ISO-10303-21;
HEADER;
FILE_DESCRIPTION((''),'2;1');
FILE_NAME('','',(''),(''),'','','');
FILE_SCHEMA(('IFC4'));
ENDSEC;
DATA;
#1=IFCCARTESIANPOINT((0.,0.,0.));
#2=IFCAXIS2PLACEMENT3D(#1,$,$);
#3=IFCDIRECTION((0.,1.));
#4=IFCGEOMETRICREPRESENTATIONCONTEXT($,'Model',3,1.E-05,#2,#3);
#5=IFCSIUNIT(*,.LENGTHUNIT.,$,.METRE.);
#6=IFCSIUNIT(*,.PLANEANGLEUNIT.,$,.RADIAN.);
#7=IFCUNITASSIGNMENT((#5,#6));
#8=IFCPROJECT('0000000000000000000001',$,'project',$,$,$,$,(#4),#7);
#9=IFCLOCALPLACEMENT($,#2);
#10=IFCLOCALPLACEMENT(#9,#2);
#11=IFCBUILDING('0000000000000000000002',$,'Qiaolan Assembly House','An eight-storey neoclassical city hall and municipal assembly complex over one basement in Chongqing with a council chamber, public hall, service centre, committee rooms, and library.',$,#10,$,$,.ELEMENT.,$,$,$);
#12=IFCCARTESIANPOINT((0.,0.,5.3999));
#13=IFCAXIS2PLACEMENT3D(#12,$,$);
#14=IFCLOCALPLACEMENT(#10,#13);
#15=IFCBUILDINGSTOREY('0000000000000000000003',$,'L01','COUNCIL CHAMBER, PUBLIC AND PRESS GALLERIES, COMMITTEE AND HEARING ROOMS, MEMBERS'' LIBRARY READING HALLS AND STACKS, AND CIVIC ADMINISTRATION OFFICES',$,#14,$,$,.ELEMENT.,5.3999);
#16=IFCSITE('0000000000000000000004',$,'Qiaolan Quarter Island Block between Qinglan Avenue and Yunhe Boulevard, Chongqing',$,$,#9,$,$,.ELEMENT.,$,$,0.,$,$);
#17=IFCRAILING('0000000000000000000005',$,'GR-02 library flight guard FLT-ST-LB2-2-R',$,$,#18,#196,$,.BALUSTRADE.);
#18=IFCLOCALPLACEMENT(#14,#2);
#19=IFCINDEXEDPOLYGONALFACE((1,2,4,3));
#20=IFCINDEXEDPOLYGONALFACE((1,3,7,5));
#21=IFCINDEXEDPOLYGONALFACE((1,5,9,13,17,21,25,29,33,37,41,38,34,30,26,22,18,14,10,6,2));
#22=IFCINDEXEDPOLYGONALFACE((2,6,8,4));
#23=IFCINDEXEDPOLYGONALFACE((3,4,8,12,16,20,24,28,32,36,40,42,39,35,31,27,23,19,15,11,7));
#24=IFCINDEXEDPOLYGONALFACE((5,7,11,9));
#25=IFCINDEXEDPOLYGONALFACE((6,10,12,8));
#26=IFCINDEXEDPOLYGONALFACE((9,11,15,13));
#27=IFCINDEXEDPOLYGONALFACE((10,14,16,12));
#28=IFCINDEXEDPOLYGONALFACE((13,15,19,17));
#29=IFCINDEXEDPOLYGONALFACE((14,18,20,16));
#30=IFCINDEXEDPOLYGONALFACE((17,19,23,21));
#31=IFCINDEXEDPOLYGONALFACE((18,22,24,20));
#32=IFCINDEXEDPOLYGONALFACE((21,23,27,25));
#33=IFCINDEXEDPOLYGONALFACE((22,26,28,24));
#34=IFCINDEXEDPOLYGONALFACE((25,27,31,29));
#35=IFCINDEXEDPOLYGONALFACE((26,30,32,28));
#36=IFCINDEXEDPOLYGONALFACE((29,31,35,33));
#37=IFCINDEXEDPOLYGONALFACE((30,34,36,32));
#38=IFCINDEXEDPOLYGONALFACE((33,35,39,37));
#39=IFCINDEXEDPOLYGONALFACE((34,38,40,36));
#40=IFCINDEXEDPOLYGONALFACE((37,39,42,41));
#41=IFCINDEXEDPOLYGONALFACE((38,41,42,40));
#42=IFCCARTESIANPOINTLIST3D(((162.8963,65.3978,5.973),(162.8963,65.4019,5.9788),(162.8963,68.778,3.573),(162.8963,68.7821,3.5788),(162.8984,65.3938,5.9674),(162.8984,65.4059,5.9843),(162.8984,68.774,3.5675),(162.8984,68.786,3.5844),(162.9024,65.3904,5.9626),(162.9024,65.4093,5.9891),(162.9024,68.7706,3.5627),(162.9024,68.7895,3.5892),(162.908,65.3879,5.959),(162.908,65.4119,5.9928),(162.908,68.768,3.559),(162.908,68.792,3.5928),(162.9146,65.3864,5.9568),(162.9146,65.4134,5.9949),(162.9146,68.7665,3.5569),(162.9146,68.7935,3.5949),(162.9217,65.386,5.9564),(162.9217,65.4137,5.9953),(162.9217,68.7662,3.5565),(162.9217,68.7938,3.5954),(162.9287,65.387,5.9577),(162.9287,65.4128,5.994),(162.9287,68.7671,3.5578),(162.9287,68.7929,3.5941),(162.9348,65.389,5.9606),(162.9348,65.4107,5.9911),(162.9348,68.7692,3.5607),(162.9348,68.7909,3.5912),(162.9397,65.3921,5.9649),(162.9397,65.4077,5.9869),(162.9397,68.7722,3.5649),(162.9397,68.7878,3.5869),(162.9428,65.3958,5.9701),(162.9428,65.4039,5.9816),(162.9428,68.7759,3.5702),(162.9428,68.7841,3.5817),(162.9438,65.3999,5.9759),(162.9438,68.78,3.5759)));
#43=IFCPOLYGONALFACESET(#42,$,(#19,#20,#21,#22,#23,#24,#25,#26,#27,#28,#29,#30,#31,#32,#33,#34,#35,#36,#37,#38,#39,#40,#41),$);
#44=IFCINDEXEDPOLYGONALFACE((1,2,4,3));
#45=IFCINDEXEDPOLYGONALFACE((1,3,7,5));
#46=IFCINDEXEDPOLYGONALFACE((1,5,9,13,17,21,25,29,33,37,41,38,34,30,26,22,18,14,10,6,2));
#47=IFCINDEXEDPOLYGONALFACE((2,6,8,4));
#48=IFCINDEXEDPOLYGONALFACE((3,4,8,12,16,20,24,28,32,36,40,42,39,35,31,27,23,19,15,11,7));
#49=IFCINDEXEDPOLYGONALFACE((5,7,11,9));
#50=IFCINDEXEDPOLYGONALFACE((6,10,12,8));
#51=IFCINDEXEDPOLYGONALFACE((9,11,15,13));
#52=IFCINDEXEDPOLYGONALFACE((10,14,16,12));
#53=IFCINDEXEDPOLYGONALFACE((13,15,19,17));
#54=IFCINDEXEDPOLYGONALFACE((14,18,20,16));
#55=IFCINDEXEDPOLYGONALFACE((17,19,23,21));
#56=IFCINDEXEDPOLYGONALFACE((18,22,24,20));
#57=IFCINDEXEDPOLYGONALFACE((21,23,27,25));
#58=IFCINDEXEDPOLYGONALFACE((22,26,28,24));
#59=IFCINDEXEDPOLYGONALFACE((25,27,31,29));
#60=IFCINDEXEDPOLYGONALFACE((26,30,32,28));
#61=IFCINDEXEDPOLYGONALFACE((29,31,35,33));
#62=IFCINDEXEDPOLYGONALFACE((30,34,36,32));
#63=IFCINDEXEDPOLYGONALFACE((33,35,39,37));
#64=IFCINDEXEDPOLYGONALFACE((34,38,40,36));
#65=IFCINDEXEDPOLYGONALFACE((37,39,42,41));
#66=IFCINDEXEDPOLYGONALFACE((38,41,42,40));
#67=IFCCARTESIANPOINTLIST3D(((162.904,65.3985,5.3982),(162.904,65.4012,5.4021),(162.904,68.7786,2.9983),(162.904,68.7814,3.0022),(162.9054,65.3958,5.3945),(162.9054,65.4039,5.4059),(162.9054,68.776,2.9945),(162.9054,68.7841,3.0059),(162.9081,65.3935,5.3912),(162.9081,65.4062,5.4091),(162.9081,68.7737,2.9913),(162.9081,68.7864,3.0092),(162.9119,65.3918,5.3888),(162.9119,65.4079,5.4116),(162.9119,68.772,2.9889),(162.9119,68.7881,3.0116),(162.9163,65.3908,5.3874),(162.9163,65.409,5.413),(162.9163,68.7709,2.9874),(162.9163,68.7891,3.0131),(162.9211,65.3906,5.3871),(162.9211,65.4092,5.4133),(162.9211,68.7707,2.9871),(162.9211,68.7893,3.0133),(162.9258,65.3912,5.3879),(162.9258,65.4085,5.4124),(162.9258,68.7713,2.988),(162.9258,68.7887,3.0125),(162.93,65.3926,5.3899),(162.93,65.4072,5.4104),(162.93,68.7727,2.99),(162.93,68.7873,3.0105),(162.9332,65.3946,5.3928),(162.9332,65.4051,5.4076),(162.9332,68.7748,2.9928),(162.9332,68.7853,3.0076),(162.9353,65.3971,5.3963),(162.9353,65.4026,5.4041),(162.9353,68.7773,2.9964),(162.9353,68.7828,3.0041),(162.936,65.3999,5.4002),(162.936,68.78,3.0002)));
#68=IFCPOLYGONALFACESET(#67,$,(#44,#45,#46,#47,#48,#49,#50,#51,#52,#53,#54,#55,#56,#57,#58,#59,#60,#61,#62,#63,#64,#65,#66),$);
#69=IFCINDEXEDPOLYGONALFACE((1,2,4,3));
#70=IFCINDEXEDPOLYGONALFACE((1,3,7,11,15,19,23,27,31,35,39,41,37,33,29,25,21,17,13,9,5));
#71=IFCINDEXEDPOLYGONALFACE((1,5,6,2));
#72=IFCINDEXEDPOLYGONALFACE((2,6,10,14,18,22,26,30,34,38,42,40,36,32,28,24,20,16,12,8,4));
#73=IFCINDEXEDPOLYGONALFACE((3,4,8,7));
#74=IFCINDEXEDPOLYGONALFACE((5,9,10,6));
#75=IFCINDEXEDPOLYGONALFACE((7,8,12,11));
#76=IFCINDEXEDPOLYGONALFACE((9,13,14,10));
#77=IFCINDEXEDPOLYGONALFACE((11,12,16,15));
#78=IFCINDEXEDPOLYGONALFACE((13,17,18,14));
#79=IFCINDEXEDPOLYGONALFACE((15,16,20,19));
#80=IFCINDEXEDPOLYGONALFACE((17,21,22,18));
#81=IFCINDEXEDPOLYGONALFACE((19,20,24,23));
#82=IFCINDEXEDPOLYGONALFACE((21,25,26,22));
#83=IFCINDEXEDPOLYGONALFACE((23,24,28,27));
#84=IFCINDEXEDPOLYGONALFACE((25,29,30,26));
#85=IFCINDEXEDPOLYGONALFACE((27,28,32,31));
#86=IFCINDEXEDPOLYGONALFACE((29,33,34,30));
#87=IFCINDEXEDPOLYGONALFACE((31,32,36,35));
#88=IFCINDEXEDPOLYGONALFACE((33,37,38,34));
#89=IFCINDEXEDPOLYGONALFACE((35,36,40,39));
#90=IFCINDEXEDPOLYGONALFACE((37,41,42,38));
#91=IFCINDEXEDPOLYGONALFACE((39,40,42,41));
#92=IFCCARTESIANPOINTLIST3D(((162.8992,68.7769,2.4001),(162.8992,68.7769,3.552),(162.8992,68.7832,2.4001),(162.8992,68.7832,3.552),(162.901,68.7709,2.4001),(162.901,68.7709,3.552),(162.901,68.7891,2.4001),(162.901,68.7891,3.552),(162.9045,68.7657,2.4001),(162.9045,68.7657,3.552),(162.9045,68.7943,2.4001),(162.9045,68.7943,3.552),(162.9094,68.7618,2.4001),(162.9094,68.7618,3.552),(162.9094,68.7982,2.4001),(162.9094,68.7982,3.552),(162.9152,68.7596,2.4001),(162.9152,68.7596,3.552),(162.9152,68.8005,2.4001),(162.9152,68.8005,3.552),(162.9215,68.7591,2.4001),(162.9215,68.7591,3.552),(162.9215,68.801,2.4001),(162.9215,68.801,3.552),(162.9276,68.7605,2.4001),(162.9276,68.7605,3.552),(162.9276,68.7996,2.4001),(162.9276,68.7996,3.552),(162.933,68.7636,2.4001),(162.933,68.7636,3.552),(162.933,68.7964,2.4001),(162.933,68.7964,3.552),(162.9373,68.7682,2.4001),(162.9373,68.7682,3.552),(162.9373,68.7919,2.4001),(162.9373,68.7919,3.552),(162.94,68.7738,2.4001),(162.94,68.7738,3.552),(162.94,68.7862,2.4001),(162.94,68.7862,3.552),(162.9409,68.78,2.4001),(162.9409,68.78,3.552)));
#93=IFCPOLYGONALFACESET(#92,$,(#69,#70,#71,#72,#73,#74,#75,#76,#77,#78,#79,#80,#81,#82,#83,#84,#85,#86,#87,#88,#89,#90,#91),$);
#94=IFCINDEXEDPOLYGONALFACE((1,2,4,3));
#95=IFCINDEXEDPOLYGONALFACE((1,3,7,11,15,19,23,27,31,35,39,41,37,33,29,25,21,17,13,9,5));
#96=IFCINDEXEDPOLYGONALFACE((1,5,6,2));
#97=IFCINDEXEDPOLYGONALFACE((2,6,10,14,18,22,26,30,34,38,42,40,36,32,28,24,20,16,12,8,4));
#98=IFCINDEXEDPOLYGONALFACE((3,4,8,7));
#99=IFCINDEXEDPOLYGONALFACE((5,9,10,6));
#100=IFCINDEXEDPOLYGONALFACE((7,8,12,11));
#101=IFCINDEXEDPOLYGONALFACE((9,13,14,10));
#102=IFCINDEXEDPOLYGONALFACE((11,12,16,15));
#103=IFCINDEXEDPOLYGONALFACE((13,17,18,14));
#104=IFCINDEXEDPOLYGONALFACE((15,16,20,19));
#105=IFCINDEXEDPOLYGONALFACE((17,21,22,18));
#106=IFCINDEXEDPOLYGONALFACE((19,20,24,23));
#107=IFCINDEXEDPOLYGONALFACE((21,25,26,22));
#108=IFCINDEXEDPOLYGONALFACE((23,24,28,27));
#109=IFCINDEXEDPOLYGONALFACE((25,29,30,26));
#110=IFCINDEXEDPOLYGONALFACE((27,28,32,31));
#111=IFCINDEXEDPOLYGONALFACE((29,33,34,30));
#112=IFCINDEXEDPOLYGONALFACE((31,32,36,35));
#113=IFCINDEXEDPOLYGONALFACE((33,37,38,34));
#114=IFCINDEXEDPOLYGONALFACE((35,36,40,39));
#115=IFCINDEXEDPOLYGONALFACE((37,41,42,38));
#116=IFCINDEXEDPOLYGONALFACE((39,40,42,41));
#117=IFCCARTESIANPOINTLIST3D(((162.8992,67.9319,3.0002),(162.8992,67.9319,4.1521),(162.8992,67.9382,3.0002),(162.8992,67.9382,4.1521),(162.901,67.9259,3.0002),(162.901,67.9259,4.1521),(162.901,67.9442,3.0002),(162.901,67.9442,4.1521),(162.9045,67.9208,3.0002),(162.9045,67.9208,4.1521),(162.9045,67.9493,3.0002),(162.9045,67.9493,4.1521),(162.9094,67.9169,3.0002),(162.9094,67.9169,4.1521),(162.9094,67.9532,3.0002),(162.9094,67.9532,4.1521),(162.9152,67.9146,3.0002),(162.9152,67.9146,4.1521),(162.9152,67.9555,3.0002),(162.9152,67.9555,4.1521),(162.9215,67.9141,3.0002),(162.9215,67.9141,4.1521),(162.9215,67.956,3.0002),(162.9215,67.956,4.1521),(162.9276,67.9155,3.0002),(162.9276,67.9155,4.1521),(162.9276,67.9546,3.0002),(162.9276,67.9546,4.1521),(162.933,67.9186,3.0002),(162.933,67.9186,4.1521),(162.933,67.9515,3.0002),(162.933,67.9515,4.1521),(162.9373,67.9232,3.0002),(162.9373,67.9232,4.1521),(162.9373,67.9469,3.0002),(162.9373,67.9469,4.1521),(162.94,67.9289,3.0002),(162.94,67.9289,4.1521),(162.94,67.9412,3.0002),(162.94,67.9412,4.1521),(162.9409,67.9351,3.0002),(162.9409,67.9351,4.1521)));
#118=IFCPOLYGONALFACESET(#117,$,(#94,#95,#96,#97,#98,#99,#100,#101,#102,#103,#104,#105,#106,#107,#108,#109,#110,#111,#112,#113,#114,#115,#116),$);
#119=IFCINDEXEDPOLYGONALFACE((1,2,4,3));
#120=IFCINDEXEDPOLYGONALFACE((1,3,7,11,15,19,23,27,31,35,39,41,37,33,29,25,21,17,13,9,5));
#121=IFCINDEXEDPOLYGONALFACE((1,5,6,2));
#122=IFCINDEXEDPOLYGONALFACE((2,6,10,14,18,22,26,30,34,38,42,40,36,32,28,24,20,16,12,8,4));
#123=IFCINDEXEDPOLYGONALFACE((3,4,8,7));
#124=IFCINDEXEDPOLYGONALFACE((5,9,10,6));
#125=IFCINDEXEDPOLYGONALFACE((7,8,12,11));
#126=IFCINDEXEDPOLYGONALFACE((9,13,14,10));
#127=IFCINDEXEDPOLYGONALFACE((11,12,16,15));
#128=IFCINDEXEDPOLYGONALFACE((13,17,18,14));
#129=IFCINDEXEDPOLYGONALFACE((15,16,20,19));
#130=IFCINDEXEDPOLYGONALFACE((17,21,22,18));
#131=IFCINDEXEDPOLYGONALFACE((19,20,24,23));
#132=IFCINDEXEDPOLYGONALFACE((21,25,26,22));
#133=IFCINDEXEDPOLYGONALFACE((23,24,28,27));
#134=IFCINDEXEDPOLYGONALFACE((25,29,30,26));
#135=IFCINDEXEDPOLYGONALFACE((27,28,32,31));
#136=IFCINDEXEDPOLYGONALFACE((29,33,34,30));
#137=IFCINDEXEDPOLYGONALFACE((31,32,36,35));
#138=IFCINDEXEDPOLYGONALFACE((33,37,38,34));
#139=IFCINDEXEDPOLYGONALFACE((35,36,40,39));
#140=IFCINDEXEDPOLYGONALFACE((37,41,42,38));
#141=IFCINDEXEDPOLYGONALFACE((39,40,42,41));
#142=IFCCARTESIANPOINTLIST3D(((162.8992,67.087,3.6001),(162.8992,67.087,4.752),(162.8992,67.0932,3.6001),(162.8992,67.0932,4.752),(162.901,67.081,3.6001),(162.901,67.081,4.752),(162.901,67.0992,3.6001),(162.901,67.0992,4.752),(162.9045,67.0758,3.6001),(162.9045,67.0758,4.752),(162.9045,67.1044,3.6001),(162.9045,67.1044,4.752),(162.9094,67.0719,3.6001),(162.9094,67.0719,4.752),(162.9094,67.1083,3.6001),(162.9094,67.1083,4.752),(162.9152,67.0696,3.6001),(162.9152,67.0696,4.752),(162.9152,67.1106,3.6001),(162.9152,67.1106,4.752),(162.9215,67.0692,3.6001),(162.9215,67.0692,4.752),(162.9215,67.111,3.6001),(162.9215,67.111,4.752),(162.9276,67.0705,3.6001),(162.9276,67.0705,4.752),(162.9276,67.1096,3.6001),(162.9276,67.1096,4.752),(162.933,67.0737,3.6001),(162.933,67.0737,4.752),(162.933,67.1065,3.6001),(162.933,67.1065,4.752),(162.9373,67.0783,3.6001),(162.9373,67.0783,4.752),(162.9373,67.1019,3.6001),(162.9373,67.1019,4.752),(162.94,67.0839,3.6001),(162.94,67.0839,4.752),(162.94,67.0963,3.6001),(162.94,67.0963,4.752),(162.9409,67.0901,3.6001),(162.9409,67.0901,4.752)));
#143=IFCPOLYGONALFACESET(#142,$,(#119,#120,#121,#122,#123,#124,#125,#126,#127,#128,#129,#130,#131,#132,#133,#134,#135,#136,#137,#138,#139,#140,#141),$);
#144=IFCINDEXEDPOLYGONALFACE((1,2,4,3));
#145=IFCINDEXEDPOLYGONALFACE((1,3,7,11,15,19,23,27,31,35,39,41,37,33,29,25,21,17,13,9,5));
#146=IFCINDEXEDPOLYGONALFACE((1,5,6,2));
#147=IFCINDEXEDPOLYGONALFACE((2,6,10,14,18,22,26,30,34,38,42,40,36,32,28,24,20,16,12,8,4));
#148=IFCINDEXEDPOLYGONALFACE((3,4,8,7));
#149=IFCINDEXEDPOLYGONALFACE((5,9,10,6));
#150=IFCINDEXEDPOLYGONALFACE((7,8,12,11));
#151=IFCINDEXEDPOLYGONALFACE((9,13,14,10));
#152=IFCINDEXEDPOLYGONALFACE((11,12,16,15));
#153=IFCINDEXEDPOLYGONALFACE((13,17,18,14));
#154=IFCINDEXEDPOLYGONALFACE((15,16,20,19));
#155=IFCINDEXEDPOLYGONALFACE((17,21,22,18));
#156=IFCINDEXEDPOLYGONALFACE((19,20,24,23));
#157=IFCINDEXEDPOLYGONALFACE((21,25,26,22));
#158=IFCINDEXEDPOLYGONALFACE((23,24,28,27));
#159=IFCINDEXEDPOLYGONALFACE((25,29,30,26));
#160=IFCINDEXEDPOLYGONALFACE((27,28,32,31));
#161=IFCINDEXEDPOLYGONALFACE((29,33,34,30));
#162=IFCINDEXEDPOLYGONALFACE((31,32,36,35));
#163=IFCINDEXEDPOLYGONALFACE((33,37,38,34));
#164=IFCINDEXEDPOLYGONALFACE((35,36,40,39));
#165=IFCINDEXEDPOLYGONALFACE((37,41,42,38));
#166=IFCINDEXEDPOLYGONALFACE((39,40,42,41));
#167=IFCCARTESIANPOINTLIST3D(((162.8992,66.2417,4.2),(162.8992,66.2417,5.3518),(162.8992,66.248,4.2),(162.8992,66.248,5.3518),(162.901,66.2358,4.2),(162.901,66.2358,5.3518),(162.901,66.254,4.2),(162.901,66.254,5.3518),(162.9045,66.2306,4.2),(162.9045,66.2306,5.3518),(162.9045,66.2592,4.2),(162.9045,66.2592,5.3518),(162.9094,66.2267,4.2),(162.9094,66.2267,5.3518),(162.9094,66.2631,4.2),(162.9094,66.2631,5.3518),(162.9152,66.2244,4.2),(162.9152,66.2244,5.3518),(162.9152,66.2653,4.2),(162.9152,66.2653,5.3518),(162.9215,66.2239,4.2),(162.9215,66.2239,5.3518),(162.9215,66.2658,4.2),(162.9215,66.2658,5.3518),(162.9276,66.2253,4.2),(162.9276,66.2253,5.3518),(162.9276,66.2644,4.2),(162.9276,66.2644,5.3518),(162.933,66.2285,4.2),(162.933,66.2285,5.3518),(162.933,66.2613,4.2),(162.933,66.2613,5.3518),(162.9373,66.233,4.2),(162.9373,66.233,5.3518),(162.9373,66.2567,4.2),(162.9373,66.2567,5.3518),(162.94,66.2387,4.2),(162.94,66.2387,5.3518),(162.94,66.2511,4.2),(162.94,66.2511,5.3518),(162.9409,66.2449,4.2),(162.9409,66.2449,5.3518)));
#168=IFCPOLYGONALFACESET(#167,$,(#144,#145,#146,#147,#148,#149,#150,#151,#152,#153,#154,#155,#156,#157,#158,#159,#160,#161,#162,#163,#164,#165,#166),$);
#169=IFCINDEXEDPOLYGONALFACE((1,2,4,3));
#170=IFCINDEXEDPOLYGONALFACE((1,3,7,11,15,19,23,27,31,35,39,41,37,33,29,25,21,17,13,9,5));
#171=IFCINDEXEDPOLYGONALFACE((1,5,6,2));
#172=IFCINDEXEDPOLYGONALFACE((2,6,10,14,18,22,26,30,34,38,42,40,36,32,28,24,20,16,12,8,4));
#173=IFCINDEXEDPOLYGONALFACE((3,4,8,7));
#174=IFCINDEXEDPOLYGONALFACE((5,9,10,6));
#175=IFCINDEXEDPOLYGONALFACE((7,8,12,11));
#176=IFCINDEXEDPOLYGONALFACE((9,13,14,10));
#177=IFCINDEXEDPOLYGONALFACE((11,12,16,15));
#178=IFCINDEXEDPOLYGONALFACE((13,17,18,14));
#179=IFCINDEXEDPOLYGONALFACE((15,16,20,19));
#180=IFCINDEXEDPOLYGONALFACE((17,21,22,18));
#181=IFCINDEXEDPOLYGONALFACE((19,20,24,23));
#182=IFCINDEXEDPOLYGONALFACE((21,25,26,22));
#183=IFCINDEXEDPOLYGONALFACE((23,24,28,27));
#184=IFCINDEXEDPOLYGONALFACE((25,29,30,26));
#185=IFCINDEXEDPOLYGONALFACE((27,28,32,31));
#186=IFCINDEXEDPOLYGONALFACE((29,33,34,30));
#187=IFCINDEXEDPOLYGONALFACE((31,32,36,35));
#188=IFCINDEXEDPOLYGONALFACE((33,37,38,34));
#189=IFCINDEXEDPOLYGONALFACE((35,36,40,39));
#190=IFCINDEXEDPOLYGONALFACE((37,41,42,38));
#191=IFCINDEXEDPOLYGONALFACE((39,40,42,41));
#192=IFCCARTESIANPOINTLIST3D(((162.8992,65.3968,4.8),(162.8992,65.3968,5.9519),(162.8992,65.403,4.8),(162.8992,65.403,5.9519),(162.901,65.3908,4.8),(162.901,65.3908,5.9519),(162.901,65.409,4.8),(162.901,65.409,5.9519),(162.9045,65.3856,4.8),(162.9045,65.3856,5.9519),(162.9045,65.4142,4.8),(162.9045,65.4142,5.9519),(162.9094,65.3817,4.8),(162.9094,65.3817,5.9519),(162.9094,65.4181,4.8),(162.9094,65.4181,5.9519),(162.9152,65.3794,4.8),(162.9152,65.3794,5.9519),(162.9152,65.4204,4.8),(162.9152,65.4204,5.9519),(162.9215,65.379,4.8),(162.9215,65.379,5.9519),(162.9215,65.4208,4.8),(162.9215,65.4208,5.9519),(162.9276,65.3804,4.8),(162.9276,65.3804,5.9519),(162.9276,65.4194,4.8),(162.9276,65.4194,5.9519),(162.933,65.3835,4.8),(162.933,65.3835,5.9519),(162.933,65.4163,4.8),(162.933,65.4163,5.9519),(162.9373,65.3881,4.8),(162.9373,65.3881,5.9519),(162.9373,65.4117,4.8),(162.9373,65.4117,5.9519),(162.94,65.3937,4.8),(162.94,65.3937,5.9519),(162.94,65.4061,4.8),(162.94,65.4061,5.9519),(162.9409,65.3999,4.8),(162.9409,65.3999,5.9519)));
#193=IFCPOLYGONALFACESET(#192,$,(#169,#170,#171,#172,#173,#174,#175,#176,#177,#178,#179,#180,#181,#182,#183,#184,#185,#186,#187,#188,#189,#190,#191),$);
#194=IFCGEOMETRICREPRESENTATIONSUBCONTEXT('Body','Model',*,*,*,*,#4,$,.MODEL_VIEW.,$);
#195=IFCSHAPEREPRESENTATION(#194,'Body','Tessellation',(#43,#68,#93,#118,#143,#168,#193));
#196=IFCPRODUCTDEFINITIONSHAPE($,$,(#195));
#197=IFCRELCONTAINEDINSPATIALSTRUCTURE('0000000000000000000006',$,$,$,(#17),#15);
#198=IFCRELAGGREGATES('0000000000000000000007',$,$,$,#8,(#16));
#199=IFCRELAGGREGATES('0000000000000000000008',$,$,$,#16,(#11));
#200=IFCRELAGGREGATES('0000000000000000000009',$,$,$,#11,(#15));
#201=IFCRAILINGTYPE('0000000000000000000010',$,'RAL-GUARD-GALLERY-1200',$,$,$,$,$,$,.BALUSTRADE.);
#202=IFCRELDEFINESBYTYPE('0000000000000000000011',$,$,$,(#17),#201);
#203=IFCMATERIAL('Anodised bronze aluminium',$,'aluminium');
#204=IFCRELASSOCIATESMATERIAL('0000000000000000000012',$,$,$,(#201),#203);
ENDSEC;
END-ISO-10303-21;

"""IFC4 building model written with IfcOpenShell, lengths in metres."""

from ifc_helpers import new_model, si_unit, direction, frame, origin, origin_2d, place, context, subcontext, project, spatial, circle, extrude, material, type_object, element, save


model = new_model("IFC4")

# Units and contexts
model_context = context("Model", 3, precision=1e-05, world=origin(), true_north=direction((0.0, 1.0)))
body_context = subcontext(model_context, "Body", "Model", "MODEL_VIEW")
ifc_project = project(units=[si_unit("LENGTHUNIT", "METRE"), si_unit("PLANEANGLEUNIT", "RADIAN")], contexts=[model_context])

# Site, building, storey
site_placement = place(None, origin())
site = spatial("IfcSite", under=ifc_project, at=site_placement, Name="Qiaolan Quarter Island Block between Qinglan Avenue and Yunhe Boulevard, Chongqing", CompositionType="ELEMENT", RefElevation=0.0)
building_placement = place(site_placement, origin())
building = spatial("IfcBuilding", under=site, at=building_placement, Name="Qiaolan Assembly House", Description="An eight-storey neoclassical city hall and municipal assembly complex over one basement in Chongqing with a council chamber, public hall, service centre, committee rooms, and library.", CompositionType="ELEMENT")
storey_placement = place(building_placement, frame((0.0, 0.0, 5.3999)))
storey = spatial("IfcBuildingStorey", under=building, at=storey_placement, Name="L01", Description="COUNCIL CHAMBER, PUBLIC AND PRESS GALLERIES, COMMITTEE AND HEARING ROOMS, MEMBERS' LIBRARY READING HALLS AND STACKS, AND CIVIC ADMINISTRATION OFFICES", CompositionType="ELEMENT", Elevation=5.3999)

# Railing
ifc_material_1 = material(Name="Anodised bronze aluminium", Category="aluminium")
railing_type = type_object("IfcRailingType", Name="RAL-GUARD-GALLERY-1200", PredefinedType="BALUSTRADE", material=ifc_material_1)
railing_1_placement = place(storey_placement, frame((162.9199, 68.78, 2.4001)))
element("IfcRailing", 1, at=railing_1_placement, inside=storey, type_object=railing_type, Name="GR-02 library flight guard FLT-ST-LB2-2-R", PredefinedType="BALUSTRADE", context=body_context, shape_type="SweptSolid", body=[
    extrude(circle(Radius=0.0239, at=origin_2d()), frame((0.0, 0.0, 1.1758), z_axis=(0.0, -0.815382, 0.578924), x_axis=(1.0, 0.0, 0.0)), (0.0, 0.0, 1.0), 4.1455),
    extrude(circle(Radius=0.0161, at=origin_2d()), frame((0.0, 0.0, 0.6001), z_axis=(0.0, -0.815382, 0.578924), x_axis=(1.0, 0.0, 0.0)), (0.0, 0.0, 1.0), 4.1455),
    extrude(circle(Radius=0.021, at=origin_2d()), origin(), (0.0, 0.0, 1.0), 1.1519),
    extrude(circle(Radius=0.021, at=origin_2d()), frame((0.0, -0.845, 0.6001)), (0.0, 0.0, 1.0), 1.1519),
    extrude(circle(Radius=0.021, at=origin_2d()), frame((0.0, -1.6899, 1.2)), (0.0, 0.0, 1.0), 1.1519),
    extrude(circle(Radius=0.021, at=origin_2d()), frame((0.0, -2.5352, 1.7998)), (0.0, 0.0, 1.0), 1.1519),
    extrude(circle(Radius=0.021, at=origin_2d()), frame((0.0, -3.3801, 2.3999)), (0.0, 0.0, 1.0), 1.1519),
])

save(model, "model.ifc")
